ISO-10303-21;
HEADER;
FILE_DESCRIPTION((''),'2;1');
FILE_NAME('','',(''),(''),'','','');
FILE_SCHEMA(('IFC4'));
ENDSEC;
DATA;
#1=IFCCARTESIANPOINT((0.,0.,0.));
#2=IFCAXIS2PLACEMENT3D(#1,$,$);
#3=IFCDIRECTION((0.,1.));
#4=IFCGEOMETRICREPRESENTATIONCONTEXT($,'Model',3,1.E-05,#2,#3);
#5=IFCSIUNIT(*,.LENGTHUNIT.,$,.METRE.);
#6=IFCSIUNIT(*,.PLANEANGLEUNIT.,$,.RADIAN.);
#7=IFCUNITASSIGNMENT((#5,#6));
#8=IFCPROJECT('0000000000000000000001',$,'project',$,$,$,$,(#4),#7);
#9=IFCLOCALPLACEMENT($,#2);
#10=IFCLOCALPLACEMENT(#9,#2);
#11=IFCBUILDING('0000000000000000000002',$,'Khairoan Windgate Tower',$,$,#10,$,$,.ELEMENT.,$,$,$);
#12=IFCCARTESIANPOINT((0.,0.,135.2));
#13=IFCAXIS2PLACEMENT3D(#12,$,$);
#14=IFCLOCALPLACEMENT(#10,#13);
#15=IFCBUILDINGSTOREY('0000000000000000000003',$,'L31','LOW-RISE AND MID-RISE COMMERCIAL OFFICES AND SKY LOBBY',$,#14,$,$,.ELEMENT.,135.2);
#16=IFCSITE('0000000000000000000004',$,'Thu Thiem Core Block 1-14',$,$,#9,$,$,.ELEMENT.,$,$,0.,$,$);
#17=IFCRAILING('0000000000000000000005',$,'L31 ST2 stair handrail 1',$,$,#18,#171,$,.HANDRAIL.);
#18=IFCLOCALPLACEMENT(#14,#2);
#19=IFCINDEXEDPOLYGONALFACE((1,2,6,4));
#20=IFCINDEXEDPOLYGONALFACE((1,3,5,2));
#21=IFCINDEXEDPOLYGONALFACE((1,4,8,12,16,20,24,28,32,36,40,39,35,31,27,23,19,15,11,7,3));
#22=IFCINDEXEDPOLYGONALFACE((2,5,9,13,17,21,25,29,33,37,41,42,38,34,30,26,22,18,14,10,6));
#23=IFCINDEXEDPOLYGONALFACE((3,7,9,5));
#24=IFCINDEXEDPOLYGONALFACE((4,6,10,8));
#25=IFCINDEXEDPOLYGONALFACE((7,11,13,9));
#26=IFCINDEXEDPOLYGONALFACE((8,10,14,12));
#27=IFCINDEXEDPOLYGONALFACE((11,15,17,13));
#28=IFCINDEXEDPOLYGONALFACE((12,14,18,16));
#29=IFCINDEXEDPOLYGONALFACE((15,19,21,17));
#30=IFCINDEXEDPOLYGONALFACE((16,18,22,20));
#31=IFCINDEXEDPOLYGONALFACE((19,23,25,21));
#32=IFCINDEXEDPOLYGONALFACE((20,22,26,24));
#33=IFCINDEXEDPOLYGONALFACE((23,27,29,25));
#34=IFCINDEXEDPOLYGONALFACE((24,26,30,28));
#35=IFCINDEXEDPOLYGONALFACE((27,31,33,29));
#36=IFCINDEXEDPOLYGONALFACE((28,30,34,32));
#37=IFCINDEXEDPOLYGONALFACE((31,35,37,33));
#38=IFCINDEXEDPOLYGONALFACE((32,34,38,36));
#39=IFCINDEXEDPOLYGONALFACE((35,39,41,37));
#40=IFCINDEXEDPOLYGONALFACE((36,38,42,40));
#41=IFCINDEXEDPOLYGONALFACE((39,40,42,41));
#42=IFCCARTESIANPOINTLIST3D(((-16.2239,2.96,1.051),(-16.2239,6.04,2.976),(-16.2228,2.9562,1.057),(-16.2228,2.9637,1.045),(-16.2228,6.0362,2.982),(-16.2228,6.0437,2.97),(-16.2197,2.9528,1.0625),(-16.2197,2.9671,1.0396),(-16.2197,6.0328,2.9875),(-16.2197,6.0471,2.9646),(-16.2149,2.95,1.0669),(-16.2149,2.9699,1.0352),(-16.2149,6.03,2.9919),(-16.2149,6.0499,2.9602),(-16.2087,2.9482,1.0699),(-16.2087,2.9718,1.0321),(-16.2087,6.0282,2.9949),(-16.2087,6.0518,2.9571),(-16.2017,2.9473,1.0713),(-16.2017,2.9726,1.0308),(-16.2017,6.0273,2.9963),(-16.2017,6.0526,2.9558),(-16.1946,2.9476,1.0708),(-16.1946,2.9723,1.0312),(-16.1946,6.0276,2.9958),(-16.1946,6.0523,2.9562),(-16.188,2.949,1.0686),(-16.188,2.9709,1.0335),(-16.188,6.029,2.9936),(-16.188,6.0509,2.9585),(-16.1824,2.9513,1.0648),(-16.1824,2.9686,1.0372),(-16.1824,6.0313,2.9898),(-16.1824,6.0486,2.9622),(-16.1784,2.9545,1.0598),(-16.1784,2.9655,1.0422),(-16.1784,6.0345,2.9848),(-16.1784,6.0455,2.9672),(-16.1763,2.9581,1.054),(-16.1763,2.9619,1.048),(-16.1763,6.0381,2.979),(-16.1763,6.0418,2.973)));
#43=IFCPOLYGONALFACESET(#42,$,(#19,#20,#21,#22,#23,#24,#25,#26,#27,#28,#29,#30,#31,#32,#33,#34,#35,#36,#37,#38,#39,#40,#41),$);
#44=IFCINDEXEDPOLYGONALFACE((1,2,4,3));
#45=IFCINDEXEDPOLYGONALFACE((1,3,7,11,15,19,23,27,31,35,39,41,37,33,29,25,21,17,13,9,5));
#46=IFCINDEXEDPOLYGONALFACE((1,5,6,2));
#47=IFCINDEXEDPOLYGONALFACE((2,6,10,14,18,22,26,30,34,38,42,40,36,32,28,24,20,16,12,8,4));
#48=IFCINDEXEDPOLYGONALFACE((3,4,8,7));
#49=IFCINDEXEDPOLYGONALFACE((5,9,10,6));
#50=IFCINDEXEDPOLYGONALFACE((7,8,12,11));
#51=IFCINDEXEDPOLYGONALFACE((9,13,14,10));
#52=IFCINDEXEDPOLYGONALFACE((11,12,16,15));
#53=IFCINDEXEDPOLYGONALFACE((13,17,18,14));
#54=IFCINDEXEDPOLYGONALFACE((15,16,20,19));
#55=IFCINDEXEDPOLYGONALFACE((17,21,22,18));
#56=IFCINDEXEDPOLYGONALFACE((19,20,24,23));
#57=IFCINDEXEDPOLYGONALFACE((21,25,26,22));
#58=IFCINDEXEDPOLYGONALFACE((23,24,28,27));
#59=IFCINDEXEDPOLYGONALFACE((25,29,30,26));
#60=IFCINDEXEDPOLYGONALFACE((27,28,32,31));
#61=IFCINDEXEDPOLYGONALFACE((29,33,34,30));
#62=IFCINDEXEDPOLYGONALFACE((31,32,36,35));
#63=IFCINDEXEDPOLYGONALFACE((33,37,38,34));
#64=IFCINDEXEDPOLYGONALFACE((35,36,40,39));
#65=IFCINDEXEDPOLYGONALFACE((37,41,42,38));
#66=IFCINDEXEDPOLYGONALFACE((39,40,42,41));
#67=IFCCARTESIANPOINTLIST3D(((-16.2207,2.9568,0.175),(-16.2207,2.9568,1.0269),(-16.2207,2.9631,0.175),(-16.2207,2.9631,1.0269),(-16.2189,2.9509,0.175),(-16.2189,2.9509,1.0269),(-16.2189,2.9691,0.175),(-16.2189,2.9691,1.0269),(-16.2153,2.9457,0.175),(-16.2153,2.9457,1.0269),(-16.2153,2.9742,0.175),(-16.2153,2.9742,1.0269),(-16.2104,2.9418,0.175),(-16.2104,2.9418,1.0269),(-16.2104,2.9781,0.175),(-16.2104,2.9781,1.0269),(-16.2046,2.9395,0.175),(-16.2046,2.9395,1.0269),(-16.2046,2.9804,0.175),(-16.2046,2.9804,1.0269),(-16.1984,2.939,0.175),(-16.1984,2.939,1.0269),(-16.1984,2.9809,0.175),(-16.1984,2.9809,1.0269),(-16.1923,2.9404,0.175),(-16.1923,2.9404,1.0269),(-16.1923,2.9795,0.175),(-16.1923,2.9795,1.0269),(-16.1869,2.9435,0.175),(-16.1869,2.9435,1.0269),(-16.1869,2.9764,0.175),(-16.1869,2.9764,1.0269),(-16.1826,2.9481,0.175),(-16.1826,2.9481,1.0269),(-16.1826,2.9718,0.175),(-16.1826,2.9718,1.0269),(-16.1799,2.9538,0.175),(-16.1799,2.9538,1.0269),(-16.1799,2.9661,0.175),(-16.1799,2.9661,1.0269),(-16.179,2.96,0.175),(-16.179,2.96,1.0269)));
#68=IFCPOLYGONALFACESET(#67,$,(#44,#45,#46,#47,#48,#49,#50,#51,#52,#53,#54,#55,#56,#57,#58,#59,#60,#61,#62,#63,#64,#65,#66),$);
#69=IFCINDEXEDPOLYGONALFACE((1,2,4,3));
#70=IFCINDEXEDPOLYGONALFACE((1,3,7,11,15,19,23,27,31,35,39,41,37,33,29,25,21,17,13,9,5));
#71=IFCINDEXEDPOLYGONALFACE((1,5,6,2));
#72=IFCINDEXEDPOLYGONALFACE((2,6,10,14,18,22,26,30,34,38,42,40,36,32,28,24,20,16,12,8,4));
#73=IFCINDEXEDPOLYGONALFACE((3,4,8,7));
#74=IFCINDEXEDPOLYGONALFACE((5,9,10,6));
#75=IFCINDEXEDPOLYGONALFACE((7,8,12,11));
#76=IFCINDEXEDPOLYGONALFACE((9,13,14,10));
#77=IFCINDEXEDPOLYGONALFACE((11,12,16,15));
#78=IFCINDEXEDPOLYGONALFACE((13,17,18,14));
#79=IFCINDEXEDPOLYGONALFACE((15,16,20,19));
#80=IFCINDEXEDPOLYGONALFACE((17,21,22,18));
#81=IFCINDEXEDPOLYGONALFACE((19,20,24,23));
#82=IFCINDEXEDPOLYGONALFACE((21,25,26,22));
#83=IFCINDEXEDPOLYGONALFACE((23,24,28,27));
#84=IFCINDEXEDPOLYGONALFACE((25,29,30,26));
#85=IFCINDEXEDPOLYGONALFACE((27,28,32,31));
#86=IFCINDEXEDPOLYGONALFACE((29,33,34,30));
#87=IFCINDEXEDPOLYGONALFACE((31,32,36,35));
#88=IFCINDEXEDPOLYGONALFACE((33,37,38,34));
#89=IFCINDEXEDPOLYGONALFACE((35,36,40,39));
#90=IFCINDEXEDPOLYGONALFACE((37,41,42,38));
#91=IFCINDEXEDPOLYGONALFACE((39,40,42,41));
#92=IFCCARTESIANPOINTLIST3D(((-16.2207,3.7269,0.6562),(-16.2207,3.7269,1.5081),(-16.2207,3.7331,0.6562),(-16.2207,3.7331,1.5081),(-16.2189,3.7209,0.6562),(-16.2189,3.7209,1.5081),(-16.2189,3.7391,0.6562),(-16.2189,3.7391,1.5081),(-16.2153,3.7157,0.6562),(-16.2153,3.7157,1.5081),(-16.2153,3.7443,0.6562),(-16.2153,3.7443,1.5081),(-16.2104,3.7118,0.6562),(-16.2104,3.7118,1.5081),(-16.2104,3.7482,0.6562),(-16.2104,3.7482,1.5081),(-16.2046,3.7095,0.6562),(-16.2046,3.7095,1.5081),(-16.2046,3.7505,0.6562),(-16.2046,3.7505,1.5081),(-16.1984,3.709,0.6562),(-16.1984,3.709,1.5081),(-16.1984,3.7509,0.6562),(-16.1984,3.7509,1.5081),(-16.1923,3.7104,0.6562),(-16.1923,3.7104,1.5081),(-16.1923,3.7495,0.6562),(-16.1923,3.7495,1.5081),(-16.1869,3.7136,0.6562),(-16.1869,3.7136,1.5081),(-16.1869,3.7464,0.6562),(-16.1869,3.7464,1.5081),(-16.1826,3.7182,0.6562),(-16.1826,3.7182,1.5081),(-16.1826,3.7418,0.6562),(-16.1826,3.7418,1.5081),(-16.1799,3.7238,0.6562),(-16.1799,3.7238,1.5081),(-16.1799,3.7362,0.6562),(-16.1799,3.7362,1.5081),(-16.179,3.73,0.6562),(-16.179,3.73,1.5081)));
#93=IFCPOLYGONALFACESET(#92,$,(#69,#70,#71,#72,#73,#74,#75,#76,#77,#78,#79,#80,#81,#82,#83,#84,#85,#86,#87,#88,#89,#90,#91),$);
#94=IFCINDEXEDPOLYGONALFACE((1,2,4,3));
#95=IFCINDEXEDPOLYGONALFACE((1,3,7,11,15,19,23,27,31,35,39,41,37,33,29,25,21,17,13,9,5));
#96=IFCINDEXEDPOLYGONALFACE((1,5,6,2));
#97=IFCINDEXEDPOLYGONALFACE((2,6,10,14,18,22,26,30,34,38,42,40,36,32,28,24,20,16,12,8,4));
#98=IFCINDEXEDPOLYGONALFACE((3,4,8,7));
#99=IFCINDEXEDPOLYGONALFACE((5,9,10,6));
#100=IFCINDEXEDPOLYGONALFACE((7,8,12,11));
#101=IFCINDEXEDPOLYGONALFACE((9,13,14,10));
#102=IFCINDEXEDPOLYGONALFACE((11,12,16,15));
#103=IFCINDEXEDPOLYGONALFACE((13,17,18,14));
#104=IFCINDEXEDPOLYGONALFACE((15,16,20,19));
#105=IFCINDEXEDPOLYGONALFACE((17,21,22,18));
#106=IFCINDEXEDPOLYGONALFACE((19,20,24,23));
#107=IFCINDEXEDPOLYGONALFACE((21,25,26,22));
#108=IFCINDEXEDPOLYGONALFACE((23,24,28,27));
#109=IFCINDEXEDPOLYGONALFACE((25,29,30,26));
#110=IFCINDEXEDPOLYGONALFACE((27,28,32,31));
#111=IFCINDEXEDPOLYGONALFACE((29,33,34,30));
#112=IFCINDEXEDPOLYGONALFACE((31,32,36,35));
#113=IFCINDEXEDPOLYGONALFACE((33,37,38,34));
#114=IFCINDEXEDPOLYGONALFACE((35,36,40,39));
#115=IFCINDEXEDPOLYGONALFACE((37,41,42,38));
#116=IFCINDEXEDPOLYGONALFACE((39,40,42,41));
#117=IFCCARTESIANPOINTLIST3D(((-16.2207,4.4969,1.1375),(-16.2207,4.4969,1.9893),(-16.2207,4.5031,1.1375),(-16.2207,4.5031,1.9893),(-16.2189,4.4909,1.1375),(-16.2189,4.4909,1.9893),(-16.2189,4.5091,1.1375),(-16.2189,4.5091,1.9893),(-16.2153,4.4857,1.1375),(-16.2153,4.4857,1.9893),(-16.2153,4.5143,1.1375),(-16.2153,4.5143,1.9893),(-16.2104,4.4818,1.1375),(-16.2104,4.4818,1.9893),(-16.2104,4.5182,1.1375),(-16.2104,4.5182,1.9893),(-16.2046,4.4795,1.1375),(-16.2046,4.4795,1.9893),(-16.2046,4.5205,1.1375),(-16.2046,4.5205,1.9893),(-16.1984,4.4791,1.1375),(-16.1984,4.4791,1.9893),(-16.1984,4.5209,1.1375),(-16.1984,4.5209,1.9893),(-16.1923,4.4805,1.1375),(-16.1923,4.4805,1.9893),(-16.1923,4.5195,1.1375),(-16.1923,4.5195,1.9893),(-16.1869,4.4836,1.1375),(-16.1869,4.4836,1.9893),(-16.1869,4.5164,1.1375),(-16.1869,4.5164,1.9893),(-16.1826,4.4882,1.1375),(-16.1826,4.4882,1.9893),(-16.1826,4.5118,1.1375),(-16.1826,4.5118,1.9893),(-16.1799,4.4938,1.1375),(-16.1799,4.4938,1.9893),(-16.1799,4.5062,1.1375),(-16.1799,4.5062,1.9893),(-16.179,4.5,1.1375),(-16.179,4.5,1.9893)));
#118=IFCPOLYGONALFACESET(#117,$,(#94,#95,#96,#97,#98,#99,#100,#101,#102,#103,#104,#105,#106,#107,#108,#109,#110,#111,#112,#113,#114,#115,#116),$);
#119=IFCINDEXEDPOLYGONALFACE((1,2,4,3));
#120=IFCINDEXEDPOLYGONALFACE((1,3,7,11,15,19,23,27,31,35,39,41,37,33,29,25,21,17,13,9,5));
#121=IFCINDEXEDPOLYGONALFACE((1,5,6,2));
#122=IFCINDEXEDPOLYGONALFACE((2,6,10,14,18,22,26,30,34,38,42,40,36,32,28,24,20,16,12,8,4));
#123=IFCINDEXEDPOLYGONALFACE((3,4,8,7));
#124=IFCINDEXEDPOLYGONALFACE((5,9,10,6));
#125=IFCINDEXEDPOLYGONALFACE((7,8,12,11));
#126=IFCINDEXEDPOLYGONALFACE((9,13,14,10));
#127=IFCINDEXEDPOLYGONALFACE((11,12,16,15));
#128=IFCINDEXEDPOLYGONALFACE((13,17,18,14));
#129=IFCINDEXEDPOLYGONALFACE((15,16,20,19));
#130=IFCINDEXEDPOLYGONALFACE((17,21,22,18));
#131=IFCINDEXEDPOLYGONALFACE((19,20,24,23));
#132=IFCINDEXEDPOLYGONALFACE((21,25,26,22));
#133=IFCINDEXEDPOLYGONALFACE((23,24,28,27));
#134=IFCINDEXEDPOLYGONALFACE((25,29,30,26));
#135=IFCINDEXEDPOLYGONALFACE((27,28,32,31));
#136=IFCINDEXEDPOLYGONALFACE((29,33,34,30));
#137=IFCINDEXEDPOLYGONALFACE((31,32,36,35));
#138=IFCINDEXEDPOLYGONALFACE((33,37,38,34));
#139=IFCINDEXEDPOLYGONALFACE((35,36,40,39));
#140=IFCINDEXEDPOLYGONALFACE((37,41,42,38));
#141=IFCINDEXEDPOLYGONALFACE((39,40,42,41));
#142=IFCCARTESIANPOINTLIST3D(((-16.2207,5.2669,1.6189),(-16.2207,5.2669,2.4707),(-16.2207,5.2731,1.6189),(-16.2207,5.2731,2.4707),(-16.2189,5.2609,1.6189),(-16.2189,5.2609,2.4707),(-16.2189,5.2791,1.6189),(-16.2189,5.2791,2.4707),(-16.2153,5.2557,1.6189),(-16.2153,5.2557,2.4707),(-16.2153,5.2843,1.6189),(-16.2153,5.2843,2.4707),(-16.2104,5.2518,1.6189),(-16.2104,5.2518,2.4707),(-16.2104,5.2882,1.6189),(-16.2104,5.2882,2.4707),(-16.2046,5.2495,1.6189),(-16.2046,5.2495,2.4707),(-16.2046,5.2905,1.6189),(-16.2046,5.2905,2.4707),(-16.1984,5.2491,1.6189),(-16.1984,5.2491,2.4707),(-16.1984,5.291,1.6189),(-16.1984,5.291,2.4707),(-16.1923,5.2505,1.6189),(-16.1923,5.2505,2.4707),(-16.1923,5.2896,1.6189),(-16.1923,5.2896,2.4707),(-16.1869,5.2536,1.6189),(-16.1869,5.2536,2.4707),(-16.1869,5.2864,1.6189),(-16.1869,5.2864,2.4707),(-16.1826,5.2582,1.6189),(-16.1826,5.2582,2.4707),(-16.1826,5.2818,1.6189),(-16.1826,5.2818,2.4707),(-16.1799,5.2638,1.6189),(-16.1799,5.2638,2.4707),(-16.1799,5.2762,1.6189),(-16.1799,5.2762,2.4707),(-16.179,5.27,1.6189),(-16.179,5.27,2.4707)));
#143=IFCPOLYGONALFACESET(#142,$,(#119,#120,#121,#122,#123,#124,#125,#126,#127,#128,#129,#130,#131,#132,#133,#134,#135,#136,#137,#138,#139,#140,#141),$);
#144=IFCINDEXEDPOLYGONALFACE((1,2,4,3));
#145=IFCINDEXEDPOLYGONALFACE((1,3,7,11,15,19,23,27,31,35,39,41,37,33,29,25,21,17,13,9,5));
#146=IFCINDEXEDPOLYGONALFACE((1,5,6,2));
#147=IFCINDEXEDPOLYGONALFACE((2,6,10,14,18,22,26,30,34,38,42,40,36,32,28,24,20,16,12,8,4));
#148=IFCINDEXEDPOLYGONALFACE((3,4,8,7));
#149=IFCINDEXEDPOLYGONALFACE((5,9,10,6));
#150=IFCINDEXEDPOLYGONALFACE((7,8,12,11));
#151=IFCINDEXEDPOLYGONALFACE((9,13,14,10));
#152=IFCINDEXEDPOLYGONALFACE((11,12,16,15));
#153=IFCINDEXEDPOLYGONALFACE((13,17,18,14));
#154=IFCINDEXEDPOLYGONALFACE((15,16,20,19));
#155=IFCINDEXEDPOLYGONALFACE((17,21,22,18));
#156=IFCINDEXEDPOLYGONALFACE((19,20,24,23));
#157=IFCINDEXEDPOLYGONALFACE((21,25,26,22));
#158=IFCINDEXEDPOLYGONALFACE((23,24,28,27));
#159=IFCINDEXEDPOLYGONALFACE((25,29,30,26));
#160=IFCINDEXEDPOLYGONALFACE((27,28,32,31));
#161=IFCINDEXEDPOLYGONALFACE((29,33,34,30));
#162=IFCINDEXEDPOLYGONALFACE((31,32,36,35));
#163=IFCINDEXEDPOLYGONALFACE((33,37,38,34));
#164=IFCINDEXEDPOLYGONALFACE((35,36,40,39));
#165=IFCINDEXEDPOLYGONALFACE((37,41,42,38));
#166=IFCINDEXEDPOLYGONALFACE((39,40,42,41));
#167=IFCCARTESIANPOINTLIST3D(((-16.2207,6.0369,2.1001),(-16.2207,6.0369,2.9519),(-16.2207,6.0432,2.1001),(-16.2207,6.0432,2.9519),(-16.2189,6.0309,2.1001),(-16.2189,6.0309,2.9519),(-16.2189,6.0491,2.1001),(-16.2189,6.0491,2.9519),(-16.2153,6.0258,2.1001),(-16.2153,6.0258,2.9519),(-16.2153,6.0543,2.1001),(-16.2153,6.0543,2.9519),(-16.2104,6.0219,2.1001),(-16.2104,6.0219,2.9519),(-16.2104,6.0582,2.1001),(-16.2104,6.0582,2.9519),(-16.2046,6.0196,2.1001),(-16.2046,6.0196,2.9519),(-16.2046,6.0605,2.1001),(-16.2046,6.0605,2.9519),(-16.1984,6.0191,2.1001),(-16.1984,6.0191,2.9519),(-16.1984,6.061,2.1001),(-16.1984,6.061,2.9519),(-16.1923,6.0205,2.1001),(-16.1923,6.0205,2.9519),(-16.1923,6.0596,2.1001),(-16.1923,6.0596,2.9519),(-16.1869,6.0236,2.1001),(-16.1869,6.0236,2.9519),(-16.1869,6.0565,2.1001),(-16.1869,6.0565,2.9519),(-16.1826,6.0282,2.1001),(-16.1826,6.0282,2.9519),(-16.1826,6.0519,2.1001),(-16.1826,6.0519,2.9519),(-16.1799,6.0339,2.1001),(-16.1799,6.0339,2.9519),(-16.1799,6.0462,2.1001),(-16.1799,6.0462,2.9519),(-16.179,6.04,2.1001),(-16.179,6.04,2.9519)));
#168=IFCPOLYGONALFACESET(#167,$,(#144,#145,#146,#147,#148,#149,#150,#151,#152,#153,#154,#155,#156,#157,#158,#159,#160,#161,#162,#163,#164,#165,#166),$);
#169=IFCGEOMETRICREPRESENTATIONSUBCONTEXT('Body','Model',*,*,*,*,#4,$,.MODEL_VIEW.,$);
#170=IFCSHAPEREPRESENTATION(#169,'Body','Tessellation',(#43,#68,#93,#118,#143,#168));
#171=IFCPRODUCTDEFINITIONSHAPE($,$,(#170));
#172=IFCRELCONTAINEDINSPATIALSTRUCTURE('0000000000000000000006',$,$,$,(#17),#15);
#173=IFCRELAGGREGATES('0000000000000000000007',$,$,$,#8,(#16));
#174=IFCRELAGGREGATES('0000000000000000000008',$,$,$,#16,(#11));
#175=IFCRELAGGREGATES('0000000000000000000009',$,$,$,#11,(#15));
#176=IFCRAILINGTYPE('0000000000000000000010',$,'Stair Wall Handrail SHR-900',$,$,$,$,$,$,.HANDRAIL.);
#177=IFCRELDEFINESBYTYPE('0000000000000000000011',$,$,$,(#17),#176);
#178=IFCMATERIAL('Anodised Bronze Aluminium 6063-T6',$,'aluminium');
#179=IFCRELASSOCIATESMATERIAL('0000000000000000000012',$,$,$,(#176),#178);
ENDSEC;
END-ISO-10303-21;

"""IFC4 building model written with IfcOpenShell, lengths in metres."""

from ifc_helpers import new_model, si_unit, direction, frame, origin, origin_2d, place, context, subcontext, project, spatial, circle, extrude, material, type_object, element, save


model = new_model("IFC4")

# Units and contexts
model_context = context("Model", 3, precision=1e-05, world=origin(), true_north=direction((0.0, 1.0)))
body_context = subcontext(model_context, "Body", "Model", "MODEL_VIEW")
ifc_project = project(units=[si_unit("LENGTHUNIT", "METRE"), si_unit("PLANEANGLEUNIT", "RADIAN")], contexts=[model_context])

# Site, building, storey
site_placement = place(None, origin())
site = spatial("IfcSite", under=ifc_project, at=site_placement, Name="Thu Thiem Core Block 1-14", CompositionType="ELEMENT", RefElevation=0.0)
building_placement = place(site_placement, origin())
building = spatial("IfcBuilding", under=site, at=building_placement, Name="Khairoan Windgate Tower", CompositionType="ELEMENT")
storey_placement = place(building_placement, frame((0.0, 0.0, 135.2)))
storey = spatial("IfcBuildingStorey", under=building, at=storey_placement, Name="L31", Description="LOW-RISE AND MID-RISE COMMERCIAL OFFICES AND SKY LOBBY", CompositionType="ELEMENT", Elevation=135.2)

# Railing
ifc_material_1 = material(Name="Anodised Bronze Aluminium 6063-T6", Category="aluminium")
railing_type_1 = type_object("IfcRailingType", Name="Stair Wall Handrail SHR-900", PredefinedType="HANDRAIL", material=ifc_material_1)
railing_1_placement = place(storey_placement, frame((-16.2, 2.96, 0.175)))
element("IfcRailing", 1, at=railing_1_placement, inside=storey, type_object=railing_type_1, Name="L31 ST2 stair handrail 1", PredefinedType="HANDRAIL", context=body_context, shape_type="SweptSolid", body=[
    extrude(circle(Radius=0.0239, at=origin_2d()), frame((0.0, 0.0, 0.876), z_axis=(0.0, 0.847998, 0.529999), x_axis=(-1.0, 0.0, 0.0)), (0.0, 0.0, 1.0), 3.6321),
    extrude(circle(Radius=0.021, at=origin_2d()), origin(), (0.0, 0.0, 1.0), 0.8518),
    extrude(circle(Radius=0.021, at=origin_2d()), frame((0.0, 0.77, 0.4812)), (0.0, 0.0, 1.0), 0.8518),
    extrude(circle(Radius=0.021, at=origin_2d()), frame((0.0, 1.54, 0.9624)), (0.0, 0.0, 1.0), 0.8518),
    extrude(circle(Radius=0.021, at=origin_2d()), frame((0.0, 2.3101, 1.4438)), (0.0, 0.0, 1.0), 0.8518),
    extrude(circle(Radius=0.021, at=origin_2d()), frame((0.0, 3.0801, 1.925)), (0.0, 0.0, 1.0), 0.8518),
])

save(model, "model.ifc")
